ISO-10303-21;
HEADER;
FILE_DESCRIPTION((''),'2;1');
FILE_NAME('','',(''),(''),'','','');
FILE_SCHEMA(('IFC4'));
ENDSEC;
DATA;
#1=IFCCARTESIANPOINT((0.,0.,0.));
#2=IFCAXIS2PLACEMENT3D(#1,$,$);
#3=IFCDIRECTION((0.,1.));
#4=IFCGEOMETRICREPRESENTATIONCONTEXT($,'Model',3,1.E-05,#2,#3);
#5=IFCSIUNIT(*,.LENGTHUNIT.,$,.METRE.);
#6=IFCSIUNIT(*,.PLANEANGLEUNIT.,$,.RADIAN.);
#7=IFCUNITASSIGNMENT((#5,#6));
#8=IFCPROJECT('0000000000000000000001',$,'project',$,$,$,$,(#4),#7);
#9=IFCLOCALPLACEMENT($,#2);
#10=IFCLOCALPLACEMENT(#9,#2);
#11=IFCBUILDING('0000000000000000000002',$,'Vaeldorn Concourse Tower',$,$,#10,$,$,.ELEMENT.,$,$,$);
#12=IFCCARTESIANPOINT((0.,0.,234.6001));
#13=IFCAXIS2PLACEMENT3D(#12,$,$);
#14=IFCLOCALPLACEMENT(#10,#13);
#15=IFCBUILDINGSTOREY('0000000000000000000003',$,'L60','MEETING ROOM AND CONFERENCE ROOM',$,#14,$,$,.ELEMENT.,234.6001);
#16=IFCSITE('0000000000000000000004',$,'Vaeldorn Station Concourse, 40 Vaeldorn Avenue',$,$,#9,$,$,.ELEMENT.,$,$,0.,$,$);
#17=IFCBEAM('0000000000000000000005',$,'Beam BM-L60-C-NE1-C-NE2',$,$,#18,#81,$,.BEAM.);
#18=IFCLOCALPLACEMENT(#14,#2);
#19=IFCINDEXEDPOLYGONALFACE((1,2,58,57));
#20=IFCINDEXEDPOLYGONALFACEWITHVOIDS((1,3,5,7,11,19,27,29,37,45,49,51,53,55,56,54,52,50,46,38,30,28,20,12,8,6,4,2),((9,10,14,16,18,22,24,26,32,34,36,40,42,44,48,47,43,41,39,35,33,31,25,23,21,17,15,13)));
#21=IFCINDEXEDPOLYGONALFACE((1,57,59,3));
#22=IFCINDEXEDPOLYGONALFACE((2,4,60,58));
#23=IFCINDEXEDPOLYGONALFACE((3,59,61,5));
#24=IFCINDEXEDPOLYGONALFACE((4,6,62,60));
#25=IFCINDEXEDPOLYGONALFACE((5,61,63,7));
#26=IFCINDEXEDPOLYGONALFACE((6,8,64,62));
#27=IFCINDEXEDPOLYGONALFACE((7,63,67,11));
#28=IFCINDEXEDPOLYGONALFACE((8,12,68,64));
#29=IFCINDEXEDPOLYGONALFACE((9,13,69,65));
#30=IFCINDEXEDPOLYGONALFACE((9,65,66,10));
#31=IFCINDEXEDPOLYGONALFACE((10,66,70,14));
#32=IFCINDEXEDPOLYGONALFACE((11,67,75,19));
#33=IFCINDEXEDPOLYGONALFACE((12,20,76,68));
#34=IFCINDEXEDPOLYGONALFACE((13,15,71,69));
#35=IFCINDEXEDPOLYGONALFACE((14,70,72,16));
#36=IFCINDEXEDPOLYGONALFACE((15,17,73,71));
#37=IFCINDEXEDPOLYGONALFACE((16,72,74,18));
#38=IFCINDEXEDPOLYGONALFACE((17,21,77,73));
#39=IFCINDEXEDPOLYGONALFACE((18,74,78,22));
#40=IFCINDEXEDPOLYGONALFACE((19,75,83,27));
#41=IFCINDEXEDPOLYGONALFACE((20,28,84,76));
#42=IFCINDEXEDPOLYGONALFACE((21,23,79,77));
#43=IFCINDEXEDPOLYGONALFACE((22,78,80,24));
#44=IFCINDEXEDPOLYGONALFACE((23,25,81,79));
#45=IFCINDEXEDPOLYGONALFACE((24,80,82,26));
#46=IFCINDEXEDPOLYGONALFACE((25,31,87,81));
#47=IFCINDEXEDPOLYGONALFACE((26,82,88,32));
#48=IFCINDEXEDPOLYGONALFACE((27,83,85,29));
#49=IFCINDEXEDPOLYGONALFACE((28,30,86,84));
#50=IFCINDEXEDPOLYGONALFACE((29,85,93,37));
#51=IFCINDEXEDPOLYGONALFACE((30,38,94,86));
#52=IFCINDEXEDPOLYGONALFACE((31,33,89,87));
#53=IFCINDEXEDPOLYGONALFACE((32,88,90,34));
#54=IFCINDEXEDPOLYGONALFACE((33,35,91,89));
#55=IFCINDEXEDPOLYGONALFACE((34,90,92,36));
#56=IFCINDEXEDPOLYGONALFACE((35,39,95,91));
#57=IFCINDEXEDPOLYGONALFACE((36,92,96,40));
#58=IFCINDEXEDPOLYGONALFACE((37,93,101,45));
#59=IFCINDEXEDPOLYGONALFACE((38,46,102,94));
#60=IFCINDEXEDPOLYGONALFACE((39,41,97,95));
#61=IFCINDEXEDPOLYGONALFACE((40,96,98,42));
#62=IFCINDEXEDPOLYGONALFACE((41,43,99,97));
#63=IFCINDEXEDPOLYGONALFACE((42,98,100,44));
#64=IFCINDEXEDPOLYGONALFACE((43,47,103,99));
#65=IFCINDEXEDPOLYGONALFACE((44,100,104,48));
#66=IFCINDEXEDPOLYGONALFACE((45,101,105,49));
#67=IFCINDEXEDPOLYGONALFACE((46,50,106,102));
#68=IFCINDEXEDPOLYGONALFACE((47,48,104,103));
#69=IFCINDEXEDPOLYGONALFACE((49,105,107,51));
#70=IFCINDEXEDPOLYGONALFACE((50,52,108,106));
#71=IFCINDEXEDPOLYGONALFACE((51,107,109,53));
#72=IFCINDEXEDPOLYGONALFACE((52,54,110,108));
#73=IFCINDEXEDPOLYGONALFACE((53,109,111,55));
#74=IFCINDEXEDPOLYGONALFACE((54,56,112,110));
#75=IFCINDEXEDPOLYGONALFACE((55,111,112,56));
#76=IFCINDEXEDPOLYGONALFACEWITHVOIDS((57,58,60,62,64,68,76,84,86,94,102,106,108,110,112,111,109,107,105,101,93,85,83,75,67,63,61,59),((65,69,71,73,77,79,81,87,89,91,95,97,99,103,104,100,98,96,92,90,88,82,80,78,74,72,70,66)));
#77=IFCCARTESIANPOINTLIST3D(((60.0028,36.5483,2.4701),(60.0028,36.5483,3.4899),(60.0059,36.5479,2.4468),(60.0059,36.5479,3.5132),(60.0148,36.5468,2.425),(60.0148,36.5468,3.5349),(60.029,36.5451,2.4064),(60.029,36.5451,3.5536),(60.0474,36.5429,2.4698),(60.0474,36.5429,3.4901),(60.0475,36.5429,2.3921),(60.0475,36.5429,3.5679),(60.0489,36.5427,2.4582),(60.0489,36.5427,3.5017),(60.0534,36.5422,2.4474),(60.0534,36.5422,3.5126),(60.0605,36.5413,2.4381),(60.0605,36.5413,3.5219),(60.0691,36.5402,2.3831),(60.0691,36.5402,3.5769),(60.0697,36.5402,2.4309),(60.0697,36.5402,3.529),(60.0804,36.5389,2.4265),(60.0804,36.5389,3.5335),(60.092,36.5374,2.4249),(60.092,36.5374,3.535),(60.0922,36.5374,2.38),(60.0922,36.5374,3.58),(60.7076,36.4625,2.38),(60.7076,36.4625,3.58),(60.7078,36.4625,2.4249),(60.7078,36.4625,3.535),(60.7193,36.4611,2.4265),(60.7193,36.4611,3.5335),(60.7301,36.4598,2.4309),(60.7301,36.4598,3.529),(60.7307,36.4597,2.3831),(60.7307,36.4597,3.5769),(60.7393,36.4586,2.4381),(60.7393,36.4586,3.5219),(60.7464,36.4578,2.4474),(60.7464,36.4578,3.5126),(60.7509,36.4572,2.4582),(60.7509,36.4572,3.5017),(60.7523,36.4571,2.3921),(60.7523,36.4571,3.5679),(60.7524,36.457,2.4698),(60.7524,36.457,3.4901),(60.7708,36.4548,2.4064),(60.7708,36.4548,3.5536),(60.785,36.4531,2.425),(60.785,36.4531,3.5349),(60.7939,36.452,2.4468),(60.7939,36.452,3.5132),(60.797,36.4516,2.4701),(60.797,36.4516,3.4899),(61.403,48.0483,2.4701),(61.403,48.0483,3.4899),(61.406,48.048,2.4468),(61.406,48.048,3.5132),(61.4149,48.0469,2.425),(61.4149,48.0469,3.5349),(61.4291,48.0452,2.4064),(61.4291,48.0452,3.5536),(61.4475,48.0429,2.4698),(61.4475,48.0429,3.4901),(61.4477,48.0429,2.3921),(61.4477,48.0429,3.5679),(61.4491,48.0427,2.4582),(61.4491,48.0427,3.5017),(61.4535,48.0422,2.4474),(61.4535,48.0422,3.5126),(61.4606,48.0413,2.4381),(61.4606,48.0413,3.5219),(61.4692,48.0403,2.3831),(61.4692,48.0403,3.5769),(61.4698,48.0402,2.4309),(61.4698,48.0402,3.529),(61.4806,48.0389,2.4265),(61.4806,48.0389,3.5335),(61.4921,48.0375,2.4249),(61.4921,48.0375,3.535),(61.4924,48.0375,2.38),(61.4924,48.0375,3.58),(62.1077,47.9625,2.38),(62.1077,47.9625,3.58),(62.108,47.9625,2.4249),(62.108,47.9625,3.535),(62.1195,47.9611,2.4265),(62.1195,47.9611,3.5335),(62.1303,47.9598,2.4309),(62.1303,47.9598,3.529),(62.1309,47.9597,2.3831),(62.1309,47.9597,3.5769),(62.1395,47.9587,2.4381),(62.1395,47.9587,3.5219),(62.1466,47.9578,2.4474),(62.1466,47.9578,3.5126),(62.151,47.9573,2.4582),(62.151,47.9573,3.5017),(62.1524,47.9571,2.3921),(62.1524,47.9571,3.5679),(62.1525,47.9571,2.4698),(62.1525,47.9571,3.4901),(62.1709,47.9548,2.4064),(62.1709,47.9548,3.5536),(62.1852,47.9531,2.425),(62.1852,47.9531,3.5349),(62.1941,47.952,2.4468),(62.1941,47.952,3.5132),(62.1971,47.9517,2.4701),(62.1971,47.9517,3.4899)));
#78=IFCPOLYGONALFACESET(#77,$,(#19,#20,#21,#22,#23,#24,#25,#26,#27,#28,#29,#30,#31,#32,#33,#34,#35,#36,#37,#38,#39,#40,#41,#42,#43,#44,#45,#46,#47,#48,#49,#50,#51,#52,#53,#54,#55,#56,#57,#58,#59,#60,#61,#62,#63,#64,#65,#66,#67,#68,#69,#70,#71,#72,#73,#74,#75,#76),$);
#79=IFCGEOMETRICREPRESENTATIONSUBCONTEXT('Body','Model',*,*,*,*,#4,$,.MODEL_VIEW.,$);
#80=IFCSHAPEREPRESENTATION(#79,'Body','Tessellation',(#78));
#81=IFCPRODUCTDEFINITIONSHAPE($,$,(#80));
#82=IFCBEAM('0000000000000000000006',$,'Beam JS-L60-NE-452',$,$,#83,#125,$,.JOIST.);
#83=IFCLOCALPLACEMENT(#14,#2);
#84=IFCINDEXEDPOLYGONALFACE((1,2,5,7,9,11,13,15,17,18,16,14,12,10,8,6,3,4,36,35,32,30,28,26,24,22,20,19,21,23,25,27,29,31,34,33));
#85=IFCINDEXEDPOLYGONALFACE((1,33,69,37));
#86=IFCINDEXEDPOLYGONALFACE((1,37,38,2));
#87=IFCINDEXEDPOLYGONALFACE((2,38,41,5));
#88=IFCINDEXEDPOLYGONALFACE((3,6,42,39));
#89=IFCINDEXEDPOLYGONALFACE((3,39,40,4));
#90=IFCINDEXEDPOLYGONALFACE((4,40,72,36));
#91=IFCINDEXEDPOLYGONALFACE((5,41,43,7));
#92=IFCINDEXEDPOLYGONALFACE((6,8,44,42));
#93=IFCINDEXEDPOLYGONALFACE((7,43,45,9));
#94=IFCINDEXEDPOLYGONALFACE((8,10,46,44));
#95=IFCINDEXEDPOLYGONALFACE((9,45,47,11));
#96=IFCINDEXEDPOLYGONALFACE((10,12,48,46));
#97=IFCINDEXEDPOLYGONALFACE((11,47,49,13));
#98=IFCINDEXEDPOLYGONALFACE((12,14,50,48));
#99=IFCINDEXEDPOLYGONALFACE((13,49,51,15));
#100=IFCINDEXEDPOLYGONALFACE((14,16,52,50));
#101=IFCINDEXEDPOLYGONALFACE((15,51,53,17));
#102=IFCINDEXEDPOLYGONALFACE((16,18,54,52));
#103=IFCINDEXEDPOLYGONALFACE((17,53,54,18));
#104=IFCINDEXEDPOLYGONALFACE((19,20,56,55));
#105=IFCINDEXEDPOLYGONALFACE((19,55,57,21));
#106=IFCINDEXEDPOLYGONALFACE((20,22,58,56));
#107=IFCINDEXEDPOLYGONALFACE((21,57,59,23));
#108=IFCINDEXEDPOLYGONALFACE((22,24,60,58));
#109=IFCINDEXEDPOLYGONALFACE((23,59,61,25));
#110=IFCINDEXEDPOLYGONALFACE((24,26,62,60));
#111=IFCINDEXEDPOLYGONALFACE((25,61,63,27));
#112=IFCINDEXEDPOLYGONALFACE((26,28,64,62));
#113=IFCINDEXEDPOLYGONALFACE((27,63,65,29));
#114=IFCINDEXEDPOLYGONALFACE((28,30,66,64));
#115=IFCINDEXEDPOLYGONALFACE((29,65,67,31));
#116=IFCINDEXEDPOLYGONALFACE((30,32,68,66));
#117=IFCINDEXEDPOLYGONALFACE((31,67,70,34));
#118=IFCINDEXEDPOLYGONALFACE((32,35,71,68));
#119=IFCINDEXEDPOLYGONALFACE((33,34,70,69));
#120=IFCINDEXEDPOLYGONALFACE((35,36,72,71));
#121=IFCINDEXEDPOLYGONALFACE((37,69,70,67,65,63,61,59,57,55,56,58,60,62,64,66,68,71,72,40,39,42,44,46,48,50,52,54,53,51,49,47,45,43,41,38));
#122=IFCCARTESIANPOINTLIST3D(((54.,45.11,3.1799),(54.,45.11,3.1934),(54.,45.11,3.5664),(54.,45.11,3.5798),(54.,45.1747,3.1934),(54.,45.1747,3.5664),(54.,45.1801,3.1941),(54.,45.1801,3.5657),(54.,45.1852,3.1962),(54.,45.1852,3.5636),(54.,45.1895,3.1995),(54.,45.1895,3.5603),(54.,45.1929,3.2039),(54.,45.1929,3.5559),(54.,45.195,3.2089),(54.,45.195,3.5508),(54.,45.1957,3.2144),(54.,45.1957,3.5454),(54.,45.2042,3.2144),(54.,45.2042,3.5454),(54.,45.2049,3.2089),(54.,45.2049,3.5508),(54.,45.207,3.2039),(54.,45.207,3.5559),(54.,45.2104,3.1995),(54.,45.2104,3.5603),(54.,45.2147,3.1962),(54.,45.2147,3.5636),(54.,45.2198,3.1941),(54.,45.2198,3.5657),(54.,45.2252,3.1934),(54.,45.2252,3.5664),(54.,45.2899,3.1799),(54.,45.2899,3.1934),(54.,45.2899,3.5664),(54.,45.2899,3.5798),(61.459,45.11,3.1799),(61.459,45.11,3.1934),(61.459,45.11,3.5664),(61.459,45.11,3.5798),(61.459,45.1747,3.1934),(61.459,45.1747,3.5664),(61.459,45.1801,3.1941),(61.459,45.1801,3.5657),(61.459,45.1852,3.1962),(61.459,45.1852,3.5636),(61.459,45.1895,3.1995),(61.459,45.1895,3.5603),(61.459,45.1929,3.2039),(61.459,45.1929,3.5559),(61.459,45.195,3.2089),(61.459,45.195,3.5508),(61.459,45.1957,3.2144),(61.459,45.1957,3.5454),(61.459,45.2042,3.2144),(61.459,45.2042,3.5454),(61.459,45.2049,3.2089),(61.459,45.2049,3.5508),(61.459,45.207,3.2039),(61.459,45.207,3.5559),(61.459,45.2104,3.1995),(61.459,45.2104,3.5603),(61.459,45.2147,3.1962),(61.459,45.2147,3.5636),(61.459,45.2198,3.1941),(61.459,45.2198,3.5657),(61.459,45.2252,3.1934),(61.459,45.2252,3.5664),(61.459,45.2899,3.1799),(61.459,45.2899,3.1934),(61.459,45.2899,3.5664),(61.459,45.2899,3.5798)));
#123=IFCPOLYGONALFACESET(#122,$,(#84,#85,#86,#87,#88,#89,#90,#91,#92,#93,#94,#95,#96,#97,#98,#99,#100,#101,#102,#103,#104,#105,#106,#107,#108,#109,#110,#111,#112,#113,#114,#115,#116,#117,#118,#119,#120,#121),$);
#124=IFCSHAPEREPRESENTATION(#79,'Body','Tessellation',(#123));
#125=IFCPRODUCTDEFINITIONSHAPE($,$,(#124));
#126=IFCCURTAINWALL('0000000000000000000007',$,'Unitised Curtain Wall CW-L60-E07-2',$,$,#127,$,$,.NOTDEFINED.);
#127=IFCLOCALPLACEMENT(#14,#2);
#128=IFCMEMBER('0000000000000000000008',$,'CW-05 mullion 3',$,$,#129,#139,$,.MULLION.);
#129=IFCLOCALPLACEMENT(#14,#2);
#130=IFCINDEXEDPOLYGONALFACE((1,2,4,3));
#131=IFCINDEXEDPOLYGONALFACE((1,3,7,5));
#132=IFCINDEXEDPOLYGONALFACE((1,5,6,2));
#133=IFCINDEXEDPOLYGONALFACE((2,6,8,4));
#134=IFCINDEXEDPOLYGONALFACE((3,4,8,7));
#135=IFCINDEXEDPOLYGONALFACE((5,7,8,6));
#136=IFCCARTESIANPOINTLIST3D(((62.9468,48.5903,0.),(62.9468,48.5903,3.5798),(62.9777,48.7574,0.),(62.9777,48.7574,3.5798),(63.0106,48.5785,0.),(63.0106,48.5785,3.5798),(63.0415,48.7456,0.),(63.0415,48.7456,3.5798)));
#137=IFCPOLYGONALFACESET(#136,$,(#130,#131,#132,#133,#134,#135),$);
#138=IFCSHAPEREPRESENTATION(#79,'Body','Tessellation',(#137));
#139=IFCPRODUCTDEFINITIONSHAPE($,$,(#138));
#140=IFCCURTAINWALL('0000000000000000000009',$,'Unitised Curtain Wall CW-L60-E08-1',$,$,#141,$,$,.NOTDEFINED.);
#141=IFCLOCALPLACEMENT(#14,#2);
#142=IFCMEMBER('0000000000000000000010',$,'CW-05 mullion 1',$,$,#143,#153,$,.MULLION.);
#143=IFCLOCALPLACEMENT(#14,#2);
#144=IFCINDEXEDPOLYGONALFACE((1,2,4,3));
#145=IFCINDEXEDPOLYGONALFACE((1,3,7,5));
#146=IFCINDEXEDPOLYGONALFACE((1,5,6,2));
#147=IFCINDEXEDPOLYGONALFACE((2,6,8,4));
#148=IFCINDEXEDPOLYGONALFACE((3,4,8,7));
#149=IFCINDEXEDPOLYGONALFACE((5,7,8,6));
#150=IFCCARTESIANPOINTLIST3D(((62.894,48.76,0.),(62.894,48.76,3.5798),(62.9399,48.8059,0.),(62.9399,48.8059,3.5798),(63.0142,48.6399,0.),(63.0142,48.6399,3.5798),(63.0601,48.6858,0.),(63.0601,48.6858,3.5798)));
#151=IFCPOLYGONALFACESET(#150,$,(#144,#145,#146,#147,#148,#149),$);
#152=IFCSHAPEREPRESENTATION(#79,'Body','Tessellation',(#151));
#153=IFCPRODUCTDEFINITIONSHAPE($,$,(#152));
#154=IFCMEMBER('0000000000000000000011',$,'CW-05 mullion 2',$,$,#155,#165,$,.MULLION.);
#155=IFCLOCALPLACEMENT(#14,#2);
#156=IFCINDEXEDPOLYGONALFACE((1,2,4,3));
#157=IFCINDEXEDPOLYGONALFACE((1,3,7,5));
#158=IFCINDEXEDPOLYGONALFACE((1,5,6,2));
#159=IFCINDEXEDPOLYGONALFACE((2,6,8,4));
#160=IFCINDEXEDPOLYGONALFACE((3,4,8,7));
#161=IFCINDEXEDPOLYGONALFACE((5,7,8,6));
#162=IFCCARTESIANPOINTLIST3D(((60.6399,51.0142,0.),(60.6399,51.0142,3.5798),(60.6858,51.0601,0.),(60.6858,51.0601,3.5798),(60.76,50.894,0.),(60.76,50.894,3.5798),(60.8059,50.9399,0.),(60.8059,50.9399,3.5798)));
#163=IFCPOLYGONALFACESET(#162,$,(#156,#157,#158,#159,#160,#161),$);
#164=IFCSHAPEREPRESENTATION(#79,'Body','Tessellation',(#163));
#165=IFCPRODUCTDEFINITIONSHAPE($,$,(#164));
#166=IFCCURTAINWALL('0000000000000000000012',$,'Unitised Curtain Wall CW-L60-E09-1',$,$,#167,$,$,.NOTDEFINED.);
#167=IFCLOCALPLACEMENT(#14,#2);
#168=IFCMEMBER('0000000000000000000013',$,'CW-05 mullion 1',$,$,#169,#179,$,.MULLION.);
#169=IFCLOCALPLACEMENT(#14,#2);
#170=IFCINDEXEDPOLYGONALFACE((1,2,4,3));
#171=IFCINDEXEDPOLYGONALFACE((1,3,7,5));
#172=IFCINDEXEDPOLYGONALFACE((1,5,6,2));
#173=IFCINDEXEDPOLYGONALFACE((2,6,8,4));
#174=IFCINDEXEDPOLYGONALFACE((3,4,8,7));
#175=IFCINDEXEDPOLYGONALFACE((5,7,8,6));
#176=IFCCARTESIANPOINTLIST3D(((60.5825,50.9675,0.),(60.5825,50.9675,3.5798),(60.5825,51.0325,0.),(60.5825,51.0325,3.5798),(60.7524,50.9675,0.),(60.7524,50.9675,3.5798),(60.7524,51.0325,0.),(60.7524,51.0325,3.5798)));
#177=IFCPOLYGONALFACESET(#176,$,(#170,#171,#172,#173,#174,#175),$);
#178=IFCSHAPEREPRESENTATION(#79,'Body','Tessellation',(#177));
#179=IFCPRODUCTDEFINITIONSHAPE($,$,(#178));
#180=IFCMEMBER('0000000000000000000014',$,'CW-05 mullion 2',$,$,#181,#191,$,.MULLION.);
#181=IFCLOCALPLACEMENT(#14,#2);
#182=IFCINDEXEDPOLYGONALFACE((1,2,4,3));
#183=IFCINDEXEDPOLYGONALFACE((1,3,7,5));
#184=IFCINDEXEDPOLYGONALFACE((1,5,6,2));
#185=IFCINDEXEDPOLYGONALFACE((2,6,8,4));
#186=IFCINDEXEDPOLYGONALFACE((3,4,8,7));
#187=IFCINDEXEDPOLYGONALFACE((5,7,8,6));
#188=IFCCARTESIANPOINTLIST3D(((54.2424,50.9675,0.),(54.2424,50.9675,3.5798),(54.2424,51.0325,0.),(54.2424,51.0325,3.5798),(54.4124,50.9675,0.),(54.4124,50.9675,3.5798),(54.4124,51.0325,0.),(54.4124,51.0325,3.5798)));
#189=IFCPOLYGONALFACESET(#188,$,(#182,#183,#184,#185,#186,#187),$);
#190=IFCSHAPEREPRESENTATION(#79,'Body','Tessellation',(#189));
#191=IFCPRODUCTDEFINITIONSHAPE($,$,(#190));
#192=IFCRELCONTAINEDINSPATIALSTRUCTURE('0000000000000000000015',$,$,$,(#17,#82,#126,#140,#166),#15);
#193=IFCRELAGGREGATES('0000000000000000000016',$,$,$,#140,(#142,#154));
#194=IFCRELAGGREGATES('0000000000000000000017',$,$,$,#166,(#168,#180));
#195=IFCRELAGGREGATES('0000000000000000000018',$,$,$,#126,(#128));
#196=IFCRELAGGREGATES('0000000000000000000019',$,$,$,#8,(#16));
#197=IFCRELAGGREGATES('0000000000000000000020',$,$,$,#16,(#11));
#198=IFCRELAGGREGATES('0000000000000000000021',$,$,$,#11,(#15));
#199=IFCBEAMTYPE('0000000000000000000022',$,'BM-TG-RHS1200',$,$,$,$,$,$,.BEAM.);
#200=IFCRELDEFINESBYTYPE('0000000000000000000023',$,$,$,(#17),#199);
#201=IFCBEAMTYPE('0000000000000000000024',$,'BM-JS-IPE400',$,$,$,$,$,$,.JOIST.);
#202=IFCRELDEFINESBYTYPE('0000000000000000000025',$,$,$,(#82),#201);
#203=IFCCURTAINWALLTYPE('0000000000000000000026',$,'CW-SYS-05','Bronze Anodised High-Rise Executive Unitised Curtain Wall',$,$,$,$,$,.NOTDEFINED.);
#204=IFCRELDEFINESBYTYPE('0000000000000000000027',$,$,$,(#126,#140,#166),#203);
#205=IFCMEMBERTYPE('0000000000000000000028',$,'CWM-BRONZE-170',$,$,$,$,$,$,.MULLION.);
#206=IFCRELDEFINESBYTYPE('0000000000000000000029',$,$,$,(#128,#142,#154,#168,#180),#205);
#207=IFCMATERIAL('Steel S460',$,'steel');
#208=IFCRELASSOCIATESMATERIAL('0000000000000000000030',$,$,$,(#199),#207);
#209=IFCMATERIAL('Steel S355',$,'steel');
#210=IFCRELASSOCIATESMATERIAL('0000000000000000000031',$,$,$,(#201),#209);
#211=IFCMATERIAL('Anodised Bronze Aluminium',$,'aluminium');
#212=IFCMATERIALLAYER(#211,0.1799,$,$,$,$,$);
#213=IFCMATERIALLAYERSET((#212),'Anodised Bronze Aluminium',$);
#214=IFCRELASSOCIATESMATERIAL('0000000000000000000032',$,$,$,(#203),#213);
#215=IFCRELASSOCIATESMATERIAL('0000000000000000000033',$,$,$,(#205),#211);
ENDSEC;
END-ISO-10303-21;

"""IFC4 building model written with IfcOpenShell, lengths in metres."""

from ifc_helpers import new_model, si_unit, direction, frame, origin, origin_2d, place, context, subcontext, project, spatial, rectangle, hollow_rectangle, i_section, extrude, source, transform, mapped, material, layer, layer_set, material_profile, profile_set, type_object, element, aggregate, save


model = new_model("IFC4")

# Units and contexts
model_context = context("Model", 3, precision=1e-05, world=origin(), true_north=direction((0.0, 1.0)))
body_context = subcontext(model_context, "Body", "Model", "MODEL_VIEW")
ifc_project = project(units=[si_unit("LENGTHUNIT", "METRE"), si_unit("PLANEANGLEUNIT", "RADIAN")], contexts=[model_context])

# Site, building, storey
site_placement = place(None, origin())
site = spatial("IfcSite", under=ifc_project, at=site_placement, Name="Vaeldorn Station Concourse, 40 Vaeldorn Avenue", CompositionType="ELEMENT", RefElevation=0.0)
building_placement = place(site_placement, origin())
building = spatial("IfcBuilding", under=site, at=building_placement, Name="Vaeldorn Concourse Tower", CompositionType="ELEMENT")
storey_placement = place(building_placement, frame((0.0, 0.0, 234.6001)))
storey = spatial("IfcBuildingStorey", under=building, at=storey_placement, Name="L60", Description="MEETING ROOM AND CONFERENCE ROOM", CompositionType="ELEMENT", Elevation=234.6001)

# Shared definitions
ifc_material_1 = material(Name="Steel S460", Category="steel")
ifc_material_2 = material(Name="Steel S355", Category="steel")

# Beams
ifc_material_profile_1 = material_profile(ifc_material_1, hollow_rectangle(XDim=0.8, YDim=1.2, WallThickness=0.0449, InnerFilletRadius=0.0449, OuterFilletRadius=0.0901, at=origin_2d()), Name="RHS 1200x800x45")
ifc_profile_set_1 = profile_set([ifc_material_profile_1], Name="Steel S460")
beam_type_1 = type_object("IfcBeamType", Name="BM-TG-RHS1200", PredefinedType="BEAM", material=ifc_profile_set_1)
shared_shape_1 = source(origin(), body_context, "Body", "SweptSolid", [
    extrude(hollow_rectangle(XDim=0.8, YDim=1.2, WallThickness=0.0449, InnerFilletRadius=0.0449, OuterFilletRadius=0.0901, at=origin_2d()), origin(), (0.0, 0.0, 1.0), 11.585),
])
beam_1_placement = place(storey_placement, frame((61.8, 48.0, 2.98), z_axis=(-0.120859, -0.99267, 0.0), x_axis=(0.99267, -0.120859, 0.0)))
element("IfcBeam", 1, at=beam_1_placement, inside=storey, type_object=beam_type_1, Name="Beam BM-L60-C-NE1-C-NE2", PredefinedType="BEAM", context=body_context, shape_type="MappedRepresentation", body=[
    mapped(shared_shape_1, transform((0.0, 0.0, 0.0), scale=1.0)),
])
ifc_material_profile_2 = material_profile(ifc_material_2, i_section(OverallWidth=0.1799, OverallDepth=0.3999, WebThickness=0.0085, FlangeThickness=0.0134, FilletRadius=0.021, at=origin_2d()), Name="IPE 400")
ifc_profile_set_2 = profile_set([ifc_material_profile_2], Name="Steel S355")
beam_type_2 = type_object("IfcBeamType", Name="BM-JS-IPE400", PredefinedType="JOIST", material=ifc_profile_set_2)
shared_shape_2 = source(origin(), body_context, "Body", "SweptSolid", [
    extrude(i_section(OverallWidth=0.1799, OverallDepth=0.3999, WebThickness=0.0085, FlangeThickness=0.0134, FilletRadius=0.021, at=origin_2d()), origin(), (0.0, 0.0, 1.0), 7.459),
])
beam_2_placement = place(storey_placement, frame((54.0, 45.2, 3.3799), z_axis=(1.0, 0.0, 0.0), x_axis=(0.0, 1.0, 0.0)))
element("IfcBeam", 2, at=beam_2_placement, inside=storey, type_object=beam_type_2, Name="Beam JS-L60-NE-452", PredefinedType="JOIST", context=body_context, shape_type="MappedRepresentation", body=[
    mapped(shared_shape_2, transform((0.0, 0.0, 0.0), scale=1.0)),
])

# Curtain wall, member
ifc_material_3 = material(Name="Anodised Bronze Aluminium", Category="aluminium")
ifc_layer_1 = layer(ifc_material_3, 0.1799)
ifc_layer_set_1 = layer_set([ifc_layer_1], Name="Anodised Bronze Aluminium")
curtain_wall_type = type_object("IfcCurtainWallType", Name="CW-SYS-05", Description="Bronze Anodised High-Rise Executive Unitised Curtain Wall", PredefinedType="NOTDEFINED", material=ifc_layer_set_1)
curtain_wall_1_placement = place(storey_placement, origin())
curtain_wall_1 = element("IfcCurtainWall", 3, at=curtain_wall_1_placement, inside=storey, type_object=curtain_wall_type, Name="Unitised Curtain Wall CW-L60-E07-2", PredefinedType="NOTDEFINED")
ifc_material_profile_3 = material_profile(ifc_material_3, rectangle(XDim=0.0649, YDim=0.1699, at=origin_2d()), Name="CWM 65x170")
ifc_profile_set_3 = profile_set([ifc_material_profile_3], Name="Anodised Bronze Aluminium")
member_type_1 = type_object("IfcMemberType", Name="CWM-BRONZE-170", PredefinedType="MULLION", material=ifc_profile_set_3)
shared_shape_3 = source(origin(), body_context, "Body", "SweptSolid", [
    extrude(rectangle(XDim=0.0649, YDim=0.1699, at=origin_2d()), origin(), (0.0, 0.0, 1.0), 3.5798),
])
member_1_placement = place(storey_placement, frame((62.9941, 48.668, 0.0), z_axis=(0.0, 0.0, 1.0), x_axis=(-0.983319, 0.181888, 0.0)))
member_1 = element("IfcMember", 4, at=member_1_placement, type_object=member_type_1, Name="CW-05 mullion 3", PredefinedType="MULLION", context=body_context, shape_type="MappedRepresentation", body=[
    mapped(shared_shape_3, transform((0.0, 0.0, 0.0), scale=1.0)),
])

# Curtain walls, members
curtain_wall_2_placement = place(storey_placement, origin())
curtain_wall_2 = element("IfcCurtainWall", 5, at=curtain_wall_2_placement, inside=storey, type_object=curtain_wall_type, Name="Unitised Curtain Wall CW-L60-E08-1", PredefinedType="NOTDEFINED")
member_2_placement = place(storey_placement, frame((62.9771, 48.7229, 0.0), z_axis=(0.0, 0.0, 1.0), x_axis=(-0.707107, -0.707107, 0.0)))
member_2 = element("IfcMember", 6, at=member_2_placement, type_object=member_type_1, Name="CW-05 mullion 1", PredefinedType="MULLION", context=body_context, shape_type="MappedRepresentation", body=[
    mapped(shared_shape_3, transform((0.0, 0.0, 0.0), scale=1.0)),
])
member_3_placement = place(storey_placement, frame((60.7229, 50.9771, 0.0), z_axis=(0.0, 0.0, 1.0), x_axis=(-0.707107, -0.707107, 0.0)))
member_3 = element("IfcMember", 7, at=member_3_placement, type_object=member_type_1, Name="CW-05 mullion 2", PredefinedType="MULLION", context=body_context, shape_type="MappedRepresentation", body=[
    mapped(shared_shape_3, transform((0.0, 0.0, 0.0), scale=1.0)),
])
curtain_wall_3_placement = place(storey_placement, origin())
curtain_wall_3 = element("IfcCurtainWall", 8, at=curtain_wall_3_placement, inside=storey, type_object=curtain_wall_type, Name="Unitised Curtain Wall CW-L60-E09-1", PredefinedType="NOTDEFINED")
member_4_placement = place(storey_placement, frame((60.6675, 51.0, 0.0), z_axis=(0.0, 0.0, 1.0), x_axis=(0.0, -1.0, 0.0)))
member_4 = element("IfcMember", 9, at=member_4_placement, type_object=member_type_1, Name="CW-05 mullion 1", PredefinedType="MULLION", context=body_context, shape_type="MappedRepresentation", body=[
    mapped(shared_shape_3, transform((0.0, 0.0, 0.0), scale=1.0)),
])
member_5_placement = place(storey_placement, frame((54.3274, 51.0, 0.0), z_axis=(0.0, 0.0, 1.0), x_axis=(0.0, -1.0, 0.0)))
member_5 = element("IfcMember", 10, at=member_5_placement, type_object=member_type_1, Name="CW-05 mullion 2", PredefinedType="MULLION", context=body_context, shape_type="MappedRepresentation", body=[
    mapped(shared_shape_3, transform((0.0, 0.0, 0.0), scale=1.0)),
])

aggregate(curtain_wall_2, [member_2, member_3])
aggregate(curtain_wall_3, [member_4, member_5])
aggregate(curtain_wall_1, [member_1])

save(model, "model.ifc")
